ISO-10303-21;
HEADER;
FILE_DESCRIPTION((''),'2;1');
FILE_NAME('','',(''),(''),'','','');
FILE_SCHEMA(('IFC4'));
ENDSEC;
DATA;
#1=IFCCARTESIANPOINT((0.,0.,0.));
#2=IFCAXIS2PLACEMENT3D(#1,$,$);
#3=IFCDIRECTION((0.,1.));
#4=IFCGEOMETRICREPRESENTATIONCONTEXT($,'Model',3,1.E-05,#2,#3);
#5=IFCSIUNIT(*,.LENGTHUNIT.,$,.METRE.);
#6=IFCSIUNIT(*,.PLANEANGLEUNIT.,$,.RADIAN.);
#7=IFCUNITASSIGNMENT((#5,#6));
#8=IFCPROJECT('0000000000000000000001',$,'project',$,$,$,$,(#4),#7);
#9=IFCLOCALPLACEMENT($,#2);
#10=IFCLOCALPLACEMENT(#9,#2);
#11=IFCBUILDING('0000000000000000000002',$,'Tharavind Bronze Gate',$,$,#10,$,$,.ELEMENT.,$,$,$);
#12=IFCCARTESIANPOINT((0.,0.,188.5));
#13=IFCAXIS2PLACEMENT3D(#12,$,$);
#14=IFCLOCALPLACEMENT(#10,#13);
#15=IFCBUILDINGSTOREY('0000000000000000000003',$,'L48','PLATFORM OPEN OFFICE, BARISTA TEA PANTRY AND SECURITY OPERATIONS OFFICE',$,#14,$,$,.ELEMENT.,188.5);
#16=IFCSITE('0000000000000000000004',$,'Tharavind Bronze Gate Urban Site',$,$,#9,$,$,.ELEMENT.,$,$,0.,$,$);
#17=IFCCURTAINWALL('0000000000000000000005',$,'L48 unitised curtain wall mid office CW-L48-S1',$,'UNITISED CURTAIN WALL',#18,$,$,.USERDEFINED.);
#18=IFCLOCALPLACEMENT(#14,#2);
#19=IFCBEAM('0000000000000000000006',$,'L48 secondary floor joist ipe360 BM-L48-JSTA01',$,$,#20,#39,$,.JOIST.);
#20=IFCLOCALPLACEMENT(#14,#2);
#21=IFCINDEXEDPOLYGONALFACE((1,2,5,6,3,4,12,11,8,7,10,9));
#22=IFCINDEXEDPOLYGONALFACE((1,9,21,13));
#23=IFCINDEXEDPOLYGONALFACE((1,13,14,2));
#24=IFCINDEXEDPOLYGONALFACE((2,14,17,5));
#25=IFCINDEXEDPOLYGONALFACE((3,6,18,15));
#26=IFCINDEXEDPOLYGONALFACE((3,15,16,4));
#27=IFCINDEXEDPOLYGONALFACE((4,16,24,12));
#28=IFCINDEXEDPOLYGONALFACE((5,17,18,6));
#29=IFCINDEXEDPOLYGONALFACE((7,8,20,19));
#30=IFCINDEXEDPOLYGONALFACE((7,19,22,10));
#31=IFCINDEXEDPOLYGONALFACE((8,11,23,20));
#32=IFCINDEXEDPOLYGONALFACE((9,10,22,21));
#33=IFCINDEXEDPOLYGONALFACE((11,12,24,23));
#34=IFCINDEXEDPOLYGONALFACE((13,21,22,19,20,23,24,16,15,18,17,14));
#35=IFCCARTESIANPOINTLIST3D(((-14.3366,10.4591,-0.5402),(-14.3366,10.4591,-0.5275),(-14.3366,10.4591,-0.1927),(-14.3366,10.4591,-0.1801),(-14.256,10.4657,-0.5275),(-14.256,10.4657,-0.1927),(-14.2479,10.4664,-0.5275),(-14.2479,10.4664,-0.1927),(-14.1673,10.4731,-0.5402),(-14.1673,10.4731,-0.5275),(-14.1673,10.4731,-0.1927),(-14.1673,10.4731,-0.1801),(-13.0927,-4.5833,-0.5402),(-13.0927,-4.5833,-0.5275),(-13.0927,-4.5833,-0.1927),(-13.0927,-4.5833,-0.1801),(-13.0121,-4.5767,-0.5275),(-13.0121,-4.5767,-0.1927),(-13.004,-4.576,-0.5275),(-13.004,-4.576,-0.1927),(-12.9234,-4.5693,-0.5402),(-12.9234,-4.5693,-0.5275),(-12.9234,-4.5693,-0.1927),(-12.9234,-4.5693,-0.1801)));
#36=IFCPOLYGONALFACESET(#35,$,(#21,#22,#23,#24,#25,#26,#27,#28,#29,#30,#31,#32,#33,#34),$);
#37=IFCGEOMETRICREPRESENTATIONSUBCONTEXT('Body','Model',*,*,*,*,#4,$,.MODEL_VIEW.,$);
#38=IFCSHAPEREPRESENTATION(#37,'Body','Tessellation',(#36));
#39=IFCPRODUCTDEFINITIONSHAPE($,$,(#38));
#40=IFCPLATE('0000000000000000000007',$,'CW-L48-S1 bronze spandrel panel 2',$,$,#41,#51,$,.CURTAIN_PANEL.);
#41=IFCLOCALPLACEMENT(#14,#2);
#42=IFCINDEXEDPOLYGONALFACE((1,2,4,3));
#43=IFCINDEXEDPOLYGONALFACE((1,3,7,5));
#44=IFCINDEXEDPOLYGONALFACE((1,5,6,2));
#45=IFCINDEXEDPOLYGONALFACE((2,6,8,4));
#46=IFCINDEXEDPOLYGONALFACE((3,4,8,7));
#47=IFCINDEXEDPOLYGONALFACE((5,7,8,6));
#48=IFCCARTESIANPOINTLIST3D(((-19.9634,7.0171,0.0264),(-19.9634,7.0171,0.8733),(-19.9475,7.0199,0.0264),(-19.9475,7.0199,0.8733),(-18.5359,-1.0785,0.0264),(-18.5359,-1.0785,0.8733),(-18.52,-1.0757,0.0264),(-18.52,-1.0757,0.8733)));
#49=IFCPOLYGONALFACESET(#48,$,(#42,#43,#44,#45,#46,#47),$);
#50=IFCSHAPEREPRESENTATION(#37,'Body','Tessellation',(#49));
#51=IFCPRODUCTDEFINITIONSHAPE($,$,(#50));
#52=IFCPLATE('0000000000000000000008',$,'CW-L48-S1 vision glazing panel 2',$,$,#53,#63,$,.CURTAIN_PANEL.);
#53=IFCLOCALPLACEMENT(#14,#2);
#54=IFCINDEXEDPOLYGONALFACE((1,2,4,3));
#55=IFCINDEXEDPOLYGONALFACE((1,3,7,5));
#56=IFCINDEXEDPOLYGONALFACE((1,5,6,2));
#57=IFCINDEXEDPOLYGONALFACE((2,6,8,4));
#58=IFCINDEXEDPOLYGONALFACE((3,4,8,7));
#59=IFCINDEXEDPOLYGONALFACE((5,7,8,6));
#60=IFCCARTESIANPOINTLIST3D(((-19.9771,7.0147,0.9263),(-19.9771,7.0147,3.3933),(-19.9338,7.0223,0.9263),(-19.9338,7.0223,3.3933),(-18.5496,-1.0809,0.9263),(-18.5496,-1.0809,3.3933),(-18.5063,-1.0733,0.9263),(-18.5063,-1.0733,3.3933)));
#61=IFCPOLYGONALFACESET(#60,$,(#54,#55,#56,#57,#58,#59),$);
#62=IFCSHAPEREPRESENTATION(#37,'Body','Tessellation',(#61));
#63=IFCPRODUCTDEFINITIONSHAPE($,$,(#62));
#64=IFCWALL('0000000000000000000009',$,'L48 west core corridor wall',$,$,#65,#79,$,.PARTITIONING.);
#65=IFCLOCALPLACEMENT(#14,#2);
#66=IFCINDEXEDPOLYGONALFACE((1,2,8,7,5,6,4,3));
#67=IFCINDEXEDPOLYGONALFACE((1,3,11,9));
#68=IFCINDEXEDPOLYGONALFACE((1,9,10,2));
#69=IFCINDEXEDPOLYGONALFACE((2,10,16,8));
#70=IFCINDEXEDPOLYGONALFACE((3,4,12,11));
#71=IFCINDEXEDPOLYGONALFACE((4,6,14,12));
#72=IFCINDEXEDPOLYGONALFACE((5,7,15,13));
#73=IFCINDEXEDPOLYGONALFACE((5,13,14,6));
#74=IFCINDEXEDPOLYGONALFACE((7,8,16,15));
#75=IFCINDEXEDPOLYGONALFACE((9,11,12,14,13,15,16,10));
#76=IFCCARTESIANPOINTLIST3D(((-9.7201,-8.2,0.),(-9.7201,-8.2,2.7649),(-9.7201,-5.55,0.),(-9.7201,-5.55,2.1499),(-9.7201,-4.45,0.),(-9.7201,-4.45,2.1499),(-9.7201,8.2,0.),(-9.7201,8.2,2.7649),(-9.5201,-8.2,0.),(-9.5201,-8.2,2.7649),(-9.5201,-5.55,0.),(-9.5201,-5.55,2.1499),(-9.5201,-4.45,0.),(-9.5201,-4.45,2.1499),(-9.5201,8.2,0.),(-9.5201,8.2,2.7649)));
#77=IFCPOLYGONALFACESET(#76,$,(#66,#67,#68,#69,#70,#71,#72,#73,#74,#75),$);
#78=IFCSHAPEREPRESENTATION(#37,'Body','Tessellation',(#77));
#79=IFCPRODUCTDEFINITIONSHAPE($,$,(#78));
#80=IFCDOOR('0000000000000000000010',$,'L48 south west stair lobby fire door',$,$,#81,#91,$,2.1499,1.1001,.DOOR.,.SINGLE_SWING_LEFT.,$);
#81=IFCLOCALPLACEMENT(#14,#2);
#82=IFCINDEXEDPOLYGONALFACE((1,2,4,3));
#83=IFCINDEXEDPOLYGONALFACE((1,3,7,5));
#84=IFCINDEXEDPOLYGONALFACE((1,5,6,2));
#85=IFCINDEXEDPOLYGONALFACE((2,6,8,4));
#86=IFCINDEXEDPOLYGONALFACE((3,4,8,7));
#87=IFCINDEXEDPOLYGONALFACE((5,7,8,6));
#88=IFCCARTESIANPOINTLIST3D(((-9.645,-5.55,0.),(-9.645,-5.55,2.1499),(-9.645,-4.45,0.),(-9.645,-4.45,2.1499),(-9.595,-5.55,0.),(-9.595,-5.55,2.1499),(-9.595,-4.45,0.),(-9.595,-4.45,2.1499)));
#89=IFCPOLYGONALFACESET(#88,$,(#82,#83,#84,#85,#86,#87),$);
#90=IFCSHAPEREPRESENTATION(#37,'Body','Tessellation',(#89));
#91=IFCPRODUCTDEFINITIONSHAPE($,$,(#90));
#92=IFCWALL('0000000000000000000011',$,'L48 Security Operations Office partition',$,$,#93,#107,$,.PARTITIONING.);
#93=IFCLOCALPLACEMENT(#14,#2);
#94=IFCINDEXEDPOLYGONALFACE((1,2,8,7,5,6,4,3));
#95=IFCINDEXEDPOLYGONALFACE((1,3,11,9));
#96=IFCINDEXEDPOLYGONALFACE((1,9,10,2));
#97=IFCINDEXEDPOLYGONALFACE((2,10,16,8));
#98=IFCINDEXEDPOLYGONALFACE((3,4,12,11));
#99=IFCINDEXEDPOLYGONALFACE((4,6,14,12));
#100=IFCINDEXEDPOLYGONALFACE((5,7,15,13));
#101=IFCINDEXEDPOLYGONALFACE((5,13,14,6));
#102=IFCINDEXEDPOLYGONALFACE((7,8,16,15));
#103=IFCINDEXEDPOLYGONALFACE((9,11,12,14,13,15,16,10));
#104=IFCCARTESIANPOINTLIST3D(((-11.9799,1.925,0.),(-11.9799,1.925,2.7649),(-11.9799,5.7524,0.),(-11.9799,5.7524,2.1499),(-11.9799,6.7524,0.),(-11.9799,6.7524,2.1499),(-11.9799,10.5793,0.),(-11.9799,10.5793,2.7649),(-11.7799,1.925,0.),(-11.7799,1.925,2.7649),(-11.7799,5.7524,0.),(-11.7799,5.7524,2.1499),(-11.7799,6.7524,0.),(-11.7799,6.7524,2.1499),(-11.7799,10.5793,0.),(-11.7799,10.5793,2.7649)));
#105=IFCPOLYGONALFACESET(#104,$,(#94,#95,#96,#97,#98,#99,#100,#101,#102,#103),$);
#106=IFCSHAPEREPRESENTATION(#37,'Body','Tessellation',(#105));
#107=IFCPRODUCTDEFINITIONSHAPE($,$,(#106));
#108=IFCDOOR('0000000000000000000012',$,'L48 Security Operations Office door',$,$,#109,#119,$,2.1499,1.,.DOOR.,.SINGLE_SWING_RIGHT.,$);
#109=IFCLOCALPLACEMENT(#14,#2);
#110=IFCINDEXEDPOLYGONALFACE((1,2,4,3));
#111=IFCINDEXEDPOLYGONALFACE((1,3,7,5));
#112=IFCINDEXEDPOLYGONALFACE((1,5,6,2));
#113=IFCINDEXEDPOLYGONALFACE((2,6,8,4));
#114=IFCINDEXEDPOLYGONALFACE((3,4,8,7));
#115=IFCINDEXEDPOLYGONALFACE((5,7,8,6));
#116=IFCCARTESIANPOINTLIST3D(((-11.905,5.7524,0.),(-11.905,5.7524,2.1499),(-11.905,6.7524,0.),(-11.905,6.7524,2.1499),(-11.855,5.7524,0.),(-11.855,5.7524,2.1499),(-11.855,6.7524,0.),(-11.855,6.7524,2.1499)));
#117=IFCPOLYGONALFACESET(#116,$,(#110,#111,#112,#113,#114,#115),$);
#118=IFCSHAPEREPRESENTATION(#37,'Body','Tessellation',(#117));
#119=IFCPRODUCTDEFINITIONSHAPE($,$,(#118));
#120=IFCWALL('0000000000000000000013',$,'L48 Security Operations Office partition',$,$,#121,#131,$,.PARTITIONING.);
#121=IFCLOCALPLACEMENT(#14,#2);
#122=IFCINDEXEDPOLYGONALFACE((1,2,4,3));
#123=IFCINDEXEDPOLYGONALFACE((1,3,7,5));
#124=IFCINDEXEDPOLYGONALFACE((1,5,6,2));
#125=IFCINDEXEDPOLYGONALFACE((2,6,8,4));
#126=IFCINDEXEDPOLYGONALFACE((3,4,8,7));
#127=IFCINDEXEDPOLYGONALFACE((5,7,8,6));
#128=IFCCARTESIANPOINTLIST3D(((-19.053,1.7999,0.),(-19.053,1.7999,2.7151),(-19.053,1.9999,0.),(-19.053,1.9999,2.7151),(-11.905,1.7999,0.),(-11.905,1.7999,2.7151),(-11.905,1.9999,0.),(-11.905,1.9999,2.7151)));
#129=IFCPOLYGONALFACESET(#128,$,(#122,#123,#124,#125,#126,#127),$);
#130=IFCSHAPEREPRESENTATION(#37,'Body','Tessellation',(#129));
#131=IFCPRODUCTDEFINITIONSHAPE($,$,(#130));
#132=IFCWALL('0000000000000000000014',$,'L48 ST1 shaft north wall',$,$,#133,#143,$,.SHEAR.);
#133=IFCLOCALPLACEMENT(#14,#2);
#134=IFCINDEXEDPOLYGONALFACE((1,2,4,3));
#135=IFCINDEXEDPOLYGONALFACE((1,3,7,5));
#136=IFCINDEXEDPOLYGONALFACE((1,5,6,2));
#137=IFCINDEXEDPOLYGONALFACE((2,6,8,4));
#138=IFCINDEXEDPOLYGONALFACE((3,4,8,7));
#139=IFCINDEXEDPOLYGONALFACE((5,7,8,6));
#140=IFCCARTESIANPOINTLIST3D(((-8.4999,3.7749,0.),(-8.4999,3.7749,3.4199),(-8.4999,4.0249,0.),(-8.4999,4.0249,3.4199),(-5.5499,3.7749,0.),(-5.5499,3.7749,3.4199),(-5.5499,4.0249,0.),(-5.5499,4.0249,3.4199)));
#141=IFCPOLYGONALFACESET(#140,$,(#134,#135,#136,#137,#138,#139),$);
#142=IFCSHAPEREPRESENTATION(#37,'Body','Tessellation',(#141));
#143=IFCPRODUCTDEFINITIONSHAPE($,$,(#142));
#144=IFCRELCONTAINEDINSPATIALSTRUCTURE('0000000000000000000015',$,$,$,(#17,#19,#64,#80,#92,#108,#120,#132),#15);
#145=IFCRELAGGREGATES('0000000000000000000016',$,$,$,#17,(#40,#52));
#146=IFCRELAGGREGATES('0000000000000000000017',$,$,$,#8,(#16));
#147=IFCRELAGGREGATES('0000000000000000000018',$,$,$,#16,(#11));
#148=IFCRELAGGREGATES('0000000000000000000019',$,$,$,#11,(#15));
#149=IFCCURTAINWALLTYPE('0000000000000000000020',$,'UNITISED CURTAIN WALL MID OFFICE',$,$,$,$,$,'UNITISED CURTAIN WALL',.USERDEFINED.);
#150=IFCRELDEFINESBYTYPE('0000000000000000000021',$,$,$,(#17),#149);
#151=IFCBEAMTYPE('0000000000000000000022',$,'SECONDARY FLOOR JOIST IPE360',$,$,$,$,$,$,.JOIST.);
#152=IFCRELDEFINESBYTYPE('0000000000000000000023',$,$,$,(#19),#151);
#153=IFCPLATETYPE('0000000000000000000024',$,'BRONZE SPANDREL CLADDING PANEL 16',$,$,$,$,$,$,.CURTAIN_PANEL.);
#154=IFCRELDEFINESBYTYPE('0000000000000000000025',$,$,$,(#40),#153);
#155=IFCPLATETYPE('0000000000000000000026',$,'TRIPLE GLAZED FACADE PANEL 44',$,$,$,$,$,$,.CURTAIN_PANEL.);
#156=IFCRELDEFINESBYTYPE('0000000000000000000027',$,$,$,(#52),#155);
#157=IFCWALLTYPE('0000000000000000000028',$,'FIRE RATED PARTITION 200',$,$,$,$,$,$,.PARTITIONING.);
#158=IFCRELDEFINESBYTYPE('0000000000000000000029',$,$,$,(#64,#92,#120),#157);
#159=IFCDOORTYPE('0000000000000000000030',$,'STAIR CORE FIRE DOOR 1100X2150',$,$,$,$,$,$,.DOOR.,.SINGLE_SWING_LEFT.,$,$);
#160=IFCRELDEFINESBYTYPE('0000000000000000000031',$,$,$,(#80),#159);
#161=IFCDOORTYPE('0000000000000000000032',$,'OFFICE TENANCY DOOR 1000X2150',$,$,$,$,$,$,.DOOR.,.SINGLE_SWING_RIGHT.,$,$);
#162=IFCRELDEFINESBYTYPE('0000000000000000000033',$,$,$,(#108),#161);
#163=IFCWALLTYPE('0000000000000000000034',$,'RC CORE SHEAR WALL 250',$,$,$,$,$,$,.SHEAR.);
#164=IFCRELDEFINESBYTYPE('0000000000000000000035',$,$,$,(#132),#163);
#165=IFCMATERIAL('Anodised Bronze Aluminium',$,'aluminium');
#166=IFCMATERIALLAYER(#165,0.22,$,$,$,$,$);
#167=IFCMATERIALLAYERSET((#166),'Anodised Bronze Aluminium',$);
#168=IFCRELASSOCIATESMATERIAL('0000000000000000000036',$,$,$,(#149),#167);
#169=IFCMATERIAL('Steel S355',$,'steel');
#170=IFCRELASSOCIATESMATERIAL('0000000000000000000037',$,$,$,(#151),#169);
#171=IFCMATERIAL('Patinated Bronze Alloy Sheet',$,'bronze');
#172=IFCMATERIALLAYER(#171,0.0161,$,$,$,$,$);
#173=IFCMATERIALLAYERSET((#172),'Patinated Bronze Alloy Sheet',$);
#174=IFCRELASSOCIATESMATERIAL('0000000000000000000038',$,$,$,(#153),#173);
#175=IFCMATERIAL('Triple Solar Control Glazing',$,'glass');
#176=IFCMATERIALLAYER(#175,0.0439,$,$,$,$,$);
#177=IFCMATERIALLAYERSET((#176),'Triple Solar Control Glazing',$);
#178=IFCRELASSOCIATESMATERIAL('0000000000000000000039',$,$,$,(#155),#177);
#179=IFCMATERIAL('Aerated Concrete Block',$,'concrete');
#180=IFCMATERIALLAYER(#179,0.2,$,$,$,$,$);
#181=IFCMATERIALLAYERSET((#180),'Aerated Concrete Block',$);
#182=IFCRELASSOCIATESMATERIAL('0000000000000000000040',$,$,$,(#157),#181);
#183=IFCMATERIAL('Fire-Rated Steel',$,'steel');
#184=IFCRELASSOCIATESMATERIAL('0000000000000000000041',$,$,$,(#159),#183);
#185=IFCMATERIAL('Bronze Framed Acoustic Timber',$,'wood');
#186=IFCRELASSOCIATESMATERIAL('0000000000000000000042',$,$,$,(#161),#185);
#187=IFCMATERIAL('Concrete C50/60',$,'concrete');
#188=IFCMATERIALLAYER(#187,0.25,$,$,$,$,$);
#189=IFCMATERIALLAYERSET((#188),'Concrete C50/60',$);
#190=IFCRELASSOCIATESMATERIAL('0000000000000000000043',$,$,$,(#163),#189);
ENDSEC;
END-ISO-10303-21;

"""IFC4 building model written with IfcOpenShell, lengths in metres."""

from ifc_helpers import new_model, si_unit, direction, frame, frame_2d, origin, origin_2d, place, context, subcontext, project, spatial, rectangle, i_section, extrude, material, layer, layer_set, material_profile, profile_set, type_object, element, fill, aggregate, save


model = new_model("IFC4")

# Units and contexts
model_context = context("Model", 3, precision=1e-05, world=origin(), true_north=direction((0.0, 1.0)))
body_context = subcontext(model_context, "Body", "Model", "MODEL_VIEW")
ifc_project = project(units=[si_unit("LENGTHUNIT", "METRE"), si_unit("PLANEANGLEUNIT", "RADIAN")], contexts=[model_context])

# Site, building, storey
site_placement = place(None, origin())
site = spatial("IfcSite", under=ifc_project, at=site_placement, Name="Tharavind Bronze Gate Urban Site", CompositionType="ELEMENT", RefElevation=0.0)
building_placement = place(site_placement, origin())
building = spatial("IfcBuilding", under=site, at=building_placement, Name="Tharavind Bronze Gate", CompositionType="ELEMENT")
storey_placement = place(building_placement, frame((0.0, 0.0, 188.5)))
storey = spatial("IfcBuildingStorey", under=building, at=storey_placement, Name="L48", Description="PLATFORM OPEN OFFICE, BARISTA TEA PANTRY AND SECURITY OPERATIONS OFFICE", CompositionType="ELEMENT", Elevation=188.5)

# Curtain wall
ifc_material_1 = material(Name="Anodised Bronze Aluminium", Category="aluminium")
ifc_layer_1 = layer(ifc_material_1, 0.22)
ifc_layer_set_1 = layer_set([ifc_layer_1], Name="Anodised Bronze Aluminium")
curtain_wall_type = type_object("IfcCurtainWallType", Name="UNITISED CURTAIN WALL MID OFFICE", ElementType="UNITISED CURTAIN WALL", PredefinedType="USERDEFINED", material=ifc_layer_set_1)
curtain_wall_placement = place(storey_placement, origin())
curtain_wall = element("IfcCurtainWall", 1, at=curtain_wall_placement, inside=storey, type_object=curtain_wall_type, Name="L48 unitised curtain wall mid office CW-L48-S1", ObjectType="UNITISED CURTAIN WALL", PredefinedType="USERDEFINED")

# Beam
ifc_material_2 = material(Name="Steel S355", Category="steel")
ifc_material_profile_1 = material_profile(ifc_material_2, i_section(OverallWidth=0.1699, OverallDepth=0.3601, WebThickness=0.0081, FlangeThickness=0.0127, at=origin_2d()), Name="IPE360")
ifc_profile_set_1 = profile_set([ifc_material_profile_1], Name="Steel S355")
beam_type_1 = type_object("IfcBeamType", Name="SECONDARY FLOOR JOIST IPE360", PredefinedType="JOIST", material=ifc_profile_set_1)
beam_1_placement = place(storey_placement, frame((-14.252, 10.4661, -0.3601), z_axis=(0.082411, -0.996598, 0.0), x_axis=(0.996598, 0.082411, 0.0)))
element("IfcBeam", 2, at=beam_1_placement, inside=storey, type_object=beam_type_1, Name="L48 secondary floor joist ipe360 BM-L48-JSTA01", PredefinedType="JOIST", context=body_context, shape_type="SweptSolid", body=[
    extrude(i_section(OverallWidth=0.1699, OverallDepth=0.3601, WebThickness=0.0081, FlangeThickness=0.0127, at=origin_2d()), origin(), (0.0, 0.0, 1.0), 15.0938),
])

# Plates
ifc_material_3 = material(Name="Patinated Bronze Alloy Sheet", Category="bronze")
ifc_layer_2 = layer(ifc_material_3, 0.0161)
ifc_layer_set_2 = layer_set([ifc_layer_2], Name="Patinated Bronze Alloy Sheet")
plate_type_1 = type_object("IfcPlateType", Name="BRONZE SPANDREL CLADDING PANEL 16", PredefinedType="CURTAIN_PANEL", material=ifc_layer_set_2)
plate_1_placement = place(storey_placement, frame((-19.2417, 2.9707, 0.0264), z_axis=(0.0, 0.0, 1.0), x_axis=(0.173648, -0.984808, 0.0)))
plate_1 = element("IfcPlate", 3, at=plate_1_placement, type_object=plate_type_1, Name="CW-L48-S1 bronze spandrel panel 2", PredefinedType="CURTAIN_PANEL", context=body_context, shape_type="SweptSolid", body=[
    extrude(rectangle(XDim=8.2205, YDim=0.0161, at=origin_2d()), origin(), (0.0, 0.0, 1.0), 0.8469),
])
ifc_material_4 = material(Name="Triple Solar Control Glazing", Category="glass")
ifc_layer_3 = layer(ifc_material_4, 0.0439)
ifc_layer_set_3 = layer_set([ifc_layer_3], Name="Triple Solar Control Glazing")
plate_type_2 = type_object("IfcPlateType", Name="TRIPLE GLAZED FACADE PANEL 44", PredefinedType="CURTAIN_PANEL", material=ifc_layer_set_3)
plate_2_placement = place(storey_placement, frame((-19.2417, 2.9707, 0.9263), z_axis=(0.0, 0.0, 1.0), x_axis=(0.173648, -0.984808, 0.0)))
plate_2 = element("IfcPlate", 4, at=plate_2_placement, type_object=plate_type_2, Name="CW-L48-S1 vision glazing panel 2", PredefinedType="CURTAIN_PANEL", context=body_context, shape_type="SweptSolid", body=[
    extrude(rectangle(XDim=8.2205, YDim=0.0439, at=origin_2d()), origin(), (0.0, 0.0, 1.0), 2.467),
])
aggregate(curtain_wall, [plate_1, plate_2])

# Walls, openings, doors
ifc_material_5 = material(Name="Aerated Concrete Block", Category="concrete")
ifc_layer_4 = layer(ifc_material_5, 0.2)
ifc_layer_set_4 = layer_set([ifc_layer_4], Name="Aerated Concrete Block")
wall_type_1 = type_object("IfcWallType", Name="FIRE RATED PARTITION 200", PredefinedType="PARTITIONING", material=ifc_layer_set_4)
wall_1_placement = place(storey_placement, frame((-9.6201, 8.2, 0.0), z_axis=(0.0, 0.0, 1.0), x_axis=(0.0, -1.0, 0.0)))
wall_1 = element("IfcWall", 5, at=wall_1_placement, inside=storey, type_object=wall_type_1, Name="L48 west core corridor wall", PredefinedType="PARTITIONING", context=body_context, shape_type="SweptSolid", body=[
    extrude(rectangle(XDim=16.3999, YDim=0.2, at=frame_2d((8.2, 0.0))), origin(), (0.0, 0.0, 1.0), 2.7649),
])
opening_1_placement = place(wall_1_placement, frame((12.6499, 0.0, 0.0)))
opening_1 = element("IfcOpeningElement", 6, at=opening_1_placement, cuts=wall_1, PredefinedType="OPENING", context=body_context, shape_type="SweptSolid", body=[
    extrude(rectangle(XDim=1.1001, YDim=2.1499, at=frame_2d((0.55, 1.075))), frame((0.0, 0.1101, 0.0), z_axis=(0.0, -1.0, 0.0), x_axis=(1.0, 0.0, 0.0)), (0.0, 0.0, 1.0), 0.22),
])
ifc_material_6 = material(Name="Fire-Rated Steel", Category="steel")
door_type_1 = type_object("IfcDoorType", Name="STAIR CORE FIRE DOOR 1100X2150", OperationType="SINGLE_SWING_LEFT", PredefinedType="DOOR", material=ifc_material_6)
door_1_placement = place(opening_1_placement, frame((1.1001, 0.0, 0.0), z_axis=(0.0, 0.0, 1.0), x_axis=(-1.0, 0.0, 0.0)))
door_1 = element("IfcDoor", 7, at=door_1_placement, inside=storey, type_object=door_type_1, Name="L48 south west stair lobby fire door", OperationType="SINGLE_SWING_LEFT", OverallHeight=2.1499, OverallWidth=1.1001, PredefinedType="DOOR", context=body_context, shape_type="SweptSolid", body=[
    extrude(rectangle(XDim=1.1001, YDim=2.1499, at=frame_2d((0.55, 1.075))), frame((0.0, 0.0249, 0.0), z_axis=(0.0, -1.0, 0.0), x_axis=(1.0, 0.0, 0.0)), (0.0, 0.0, 1.0), 0.05),
])
fill(opening_1, door_1)
wall_2_placement = place(storey_placement, frame((-11.8799, 10.5793, 0.0), z_axis=(0.0, 0.0, 1.0), x_axis=(0.0, -1.0, 0.0)))
wall_2 = element("IfcWall", 8, at=wall_2_placement, inside=storey, type_object=wall_type_1, Name="L48 Security Operations Office partition", PredefinedType="PARTITIONING", context=body_context, shape_type="SweptSolid", body=[
    extrude(rectangle(XDim=8.6543, YDim=0.2, at=frame_2d((4.3271, 0.0))), origin(), (0.0, 0.0, 1.0), 2.7649),
])
opening_2_placement = place(wall_2_placement, frame((3.8269, 0.0, 0.0)))
opening_2 = element("IfcOpeningElement", 9, at=opening_2_placement, cuts=wall_2, PredefinedType="OPENING", context=body_context, shape_type="SweptSolid", body=[
    extrude(rectangle(XDim=1.0, YDim=2.1499, at=frame_2d((0.5, 1.075))), frame((0.0, 0.1101, 0.0), z_axis=(0.0, -1.0, 0.0), x_axis=(1.0, 0.0, 0.0)), (0.0, 0.0, 1.0), 0.22),
])
ifc_material_7 = material(Name="Bronze Framed Acoustic Timber", Category="wood")
door_type_2 = type_object("IfcDoorType", Name="OFFICE TENANCY DOOR 1000X2150", OperationType="SINGLE_SWING_RIGHT", PredefinedType="DOOR", material=ifc_material_7)
door_2_placement = place(opening_2_placement, origin())
door_2 = element("IfcDoor", 10, at=door_2_placement, inside=storey, type_object=door_type_2, Name="L48 Security Operations Office door", OperationType="SINGLE_SWING_RIGHT", OverallHeight=2.1499, OverallWidth=1.0, PredefinedType="DOOR", context=body_context, shape_type="SweptSolid", body=[
    extrude(rectangle(XDim=1.0, YDim=2.1499, at=frame_2d((0.5, 1.075))), frame((0.0, 0.0249, 0.0), z_axis=(0.0, -1.0, 0.0), x_axis=(1.0, 0.0, 0.0)), (0.0, 0.0, 1.0), 0.05),
])
fill(opening_2, door_2)

# Walls
wall_3_placement = place(storey_placement, frame((-11.905, 1.8999, 0.0), z_axis=(0.0, 0.0, 1.0), x_axis=(-1.0, 0.0, 0.0)))
element("IfcWall", 11, at=wall_3_placement, inside=storey, type_object=wall_type_1, Name="L48 Security Operations Office partition", PredefinedType="PARTITIONING", context=body_context, shape_type="SweptSolid", body=[
    extrude(rectangle(XDim=7.1479, YDim=0.2, at=frame_2d((3.574, 0.0))), origin(), (0.0, 0.0, 1.0), 2.7151),
])
ifc_material_8 = material(Name="Concrete C50/60", Category="concrete")
ifc_layer_5 = layer(ifc_material_8, 0.25)
ifc_layer_set_5 = layer_set([ifc_layer_5], Name="Concrete C50/60")
wall_type_2 = type_object("IfcWallType", Name="RC CORE SHEAR WALL 250", PredefinedType="SHEAR", material=ifc_layer_set_5)
wall_4_placement = place(storey_placement, frame((-8.5, 3.8999, 0.0), z_axis=(0.0, 0.0, 1.0), x_axis=(1.0, 0.0, 0.0)))
element("IfcWall", 12, at=wall_4_placement, inside=storey, type_object=wall_type_2, Name="L48 ST1 shaft north wall", PredefinedType="SHEAR", context=body_context, shape_type="SweptSolid", body=[
    extrude(rectangle(XDim=2.95, YDim=0.25, at=frame_2d((1.4751, 0.0))), origin(), (0.0, 0.0, 1.0), 3.4199),
])

save(model, "model.ifc")
